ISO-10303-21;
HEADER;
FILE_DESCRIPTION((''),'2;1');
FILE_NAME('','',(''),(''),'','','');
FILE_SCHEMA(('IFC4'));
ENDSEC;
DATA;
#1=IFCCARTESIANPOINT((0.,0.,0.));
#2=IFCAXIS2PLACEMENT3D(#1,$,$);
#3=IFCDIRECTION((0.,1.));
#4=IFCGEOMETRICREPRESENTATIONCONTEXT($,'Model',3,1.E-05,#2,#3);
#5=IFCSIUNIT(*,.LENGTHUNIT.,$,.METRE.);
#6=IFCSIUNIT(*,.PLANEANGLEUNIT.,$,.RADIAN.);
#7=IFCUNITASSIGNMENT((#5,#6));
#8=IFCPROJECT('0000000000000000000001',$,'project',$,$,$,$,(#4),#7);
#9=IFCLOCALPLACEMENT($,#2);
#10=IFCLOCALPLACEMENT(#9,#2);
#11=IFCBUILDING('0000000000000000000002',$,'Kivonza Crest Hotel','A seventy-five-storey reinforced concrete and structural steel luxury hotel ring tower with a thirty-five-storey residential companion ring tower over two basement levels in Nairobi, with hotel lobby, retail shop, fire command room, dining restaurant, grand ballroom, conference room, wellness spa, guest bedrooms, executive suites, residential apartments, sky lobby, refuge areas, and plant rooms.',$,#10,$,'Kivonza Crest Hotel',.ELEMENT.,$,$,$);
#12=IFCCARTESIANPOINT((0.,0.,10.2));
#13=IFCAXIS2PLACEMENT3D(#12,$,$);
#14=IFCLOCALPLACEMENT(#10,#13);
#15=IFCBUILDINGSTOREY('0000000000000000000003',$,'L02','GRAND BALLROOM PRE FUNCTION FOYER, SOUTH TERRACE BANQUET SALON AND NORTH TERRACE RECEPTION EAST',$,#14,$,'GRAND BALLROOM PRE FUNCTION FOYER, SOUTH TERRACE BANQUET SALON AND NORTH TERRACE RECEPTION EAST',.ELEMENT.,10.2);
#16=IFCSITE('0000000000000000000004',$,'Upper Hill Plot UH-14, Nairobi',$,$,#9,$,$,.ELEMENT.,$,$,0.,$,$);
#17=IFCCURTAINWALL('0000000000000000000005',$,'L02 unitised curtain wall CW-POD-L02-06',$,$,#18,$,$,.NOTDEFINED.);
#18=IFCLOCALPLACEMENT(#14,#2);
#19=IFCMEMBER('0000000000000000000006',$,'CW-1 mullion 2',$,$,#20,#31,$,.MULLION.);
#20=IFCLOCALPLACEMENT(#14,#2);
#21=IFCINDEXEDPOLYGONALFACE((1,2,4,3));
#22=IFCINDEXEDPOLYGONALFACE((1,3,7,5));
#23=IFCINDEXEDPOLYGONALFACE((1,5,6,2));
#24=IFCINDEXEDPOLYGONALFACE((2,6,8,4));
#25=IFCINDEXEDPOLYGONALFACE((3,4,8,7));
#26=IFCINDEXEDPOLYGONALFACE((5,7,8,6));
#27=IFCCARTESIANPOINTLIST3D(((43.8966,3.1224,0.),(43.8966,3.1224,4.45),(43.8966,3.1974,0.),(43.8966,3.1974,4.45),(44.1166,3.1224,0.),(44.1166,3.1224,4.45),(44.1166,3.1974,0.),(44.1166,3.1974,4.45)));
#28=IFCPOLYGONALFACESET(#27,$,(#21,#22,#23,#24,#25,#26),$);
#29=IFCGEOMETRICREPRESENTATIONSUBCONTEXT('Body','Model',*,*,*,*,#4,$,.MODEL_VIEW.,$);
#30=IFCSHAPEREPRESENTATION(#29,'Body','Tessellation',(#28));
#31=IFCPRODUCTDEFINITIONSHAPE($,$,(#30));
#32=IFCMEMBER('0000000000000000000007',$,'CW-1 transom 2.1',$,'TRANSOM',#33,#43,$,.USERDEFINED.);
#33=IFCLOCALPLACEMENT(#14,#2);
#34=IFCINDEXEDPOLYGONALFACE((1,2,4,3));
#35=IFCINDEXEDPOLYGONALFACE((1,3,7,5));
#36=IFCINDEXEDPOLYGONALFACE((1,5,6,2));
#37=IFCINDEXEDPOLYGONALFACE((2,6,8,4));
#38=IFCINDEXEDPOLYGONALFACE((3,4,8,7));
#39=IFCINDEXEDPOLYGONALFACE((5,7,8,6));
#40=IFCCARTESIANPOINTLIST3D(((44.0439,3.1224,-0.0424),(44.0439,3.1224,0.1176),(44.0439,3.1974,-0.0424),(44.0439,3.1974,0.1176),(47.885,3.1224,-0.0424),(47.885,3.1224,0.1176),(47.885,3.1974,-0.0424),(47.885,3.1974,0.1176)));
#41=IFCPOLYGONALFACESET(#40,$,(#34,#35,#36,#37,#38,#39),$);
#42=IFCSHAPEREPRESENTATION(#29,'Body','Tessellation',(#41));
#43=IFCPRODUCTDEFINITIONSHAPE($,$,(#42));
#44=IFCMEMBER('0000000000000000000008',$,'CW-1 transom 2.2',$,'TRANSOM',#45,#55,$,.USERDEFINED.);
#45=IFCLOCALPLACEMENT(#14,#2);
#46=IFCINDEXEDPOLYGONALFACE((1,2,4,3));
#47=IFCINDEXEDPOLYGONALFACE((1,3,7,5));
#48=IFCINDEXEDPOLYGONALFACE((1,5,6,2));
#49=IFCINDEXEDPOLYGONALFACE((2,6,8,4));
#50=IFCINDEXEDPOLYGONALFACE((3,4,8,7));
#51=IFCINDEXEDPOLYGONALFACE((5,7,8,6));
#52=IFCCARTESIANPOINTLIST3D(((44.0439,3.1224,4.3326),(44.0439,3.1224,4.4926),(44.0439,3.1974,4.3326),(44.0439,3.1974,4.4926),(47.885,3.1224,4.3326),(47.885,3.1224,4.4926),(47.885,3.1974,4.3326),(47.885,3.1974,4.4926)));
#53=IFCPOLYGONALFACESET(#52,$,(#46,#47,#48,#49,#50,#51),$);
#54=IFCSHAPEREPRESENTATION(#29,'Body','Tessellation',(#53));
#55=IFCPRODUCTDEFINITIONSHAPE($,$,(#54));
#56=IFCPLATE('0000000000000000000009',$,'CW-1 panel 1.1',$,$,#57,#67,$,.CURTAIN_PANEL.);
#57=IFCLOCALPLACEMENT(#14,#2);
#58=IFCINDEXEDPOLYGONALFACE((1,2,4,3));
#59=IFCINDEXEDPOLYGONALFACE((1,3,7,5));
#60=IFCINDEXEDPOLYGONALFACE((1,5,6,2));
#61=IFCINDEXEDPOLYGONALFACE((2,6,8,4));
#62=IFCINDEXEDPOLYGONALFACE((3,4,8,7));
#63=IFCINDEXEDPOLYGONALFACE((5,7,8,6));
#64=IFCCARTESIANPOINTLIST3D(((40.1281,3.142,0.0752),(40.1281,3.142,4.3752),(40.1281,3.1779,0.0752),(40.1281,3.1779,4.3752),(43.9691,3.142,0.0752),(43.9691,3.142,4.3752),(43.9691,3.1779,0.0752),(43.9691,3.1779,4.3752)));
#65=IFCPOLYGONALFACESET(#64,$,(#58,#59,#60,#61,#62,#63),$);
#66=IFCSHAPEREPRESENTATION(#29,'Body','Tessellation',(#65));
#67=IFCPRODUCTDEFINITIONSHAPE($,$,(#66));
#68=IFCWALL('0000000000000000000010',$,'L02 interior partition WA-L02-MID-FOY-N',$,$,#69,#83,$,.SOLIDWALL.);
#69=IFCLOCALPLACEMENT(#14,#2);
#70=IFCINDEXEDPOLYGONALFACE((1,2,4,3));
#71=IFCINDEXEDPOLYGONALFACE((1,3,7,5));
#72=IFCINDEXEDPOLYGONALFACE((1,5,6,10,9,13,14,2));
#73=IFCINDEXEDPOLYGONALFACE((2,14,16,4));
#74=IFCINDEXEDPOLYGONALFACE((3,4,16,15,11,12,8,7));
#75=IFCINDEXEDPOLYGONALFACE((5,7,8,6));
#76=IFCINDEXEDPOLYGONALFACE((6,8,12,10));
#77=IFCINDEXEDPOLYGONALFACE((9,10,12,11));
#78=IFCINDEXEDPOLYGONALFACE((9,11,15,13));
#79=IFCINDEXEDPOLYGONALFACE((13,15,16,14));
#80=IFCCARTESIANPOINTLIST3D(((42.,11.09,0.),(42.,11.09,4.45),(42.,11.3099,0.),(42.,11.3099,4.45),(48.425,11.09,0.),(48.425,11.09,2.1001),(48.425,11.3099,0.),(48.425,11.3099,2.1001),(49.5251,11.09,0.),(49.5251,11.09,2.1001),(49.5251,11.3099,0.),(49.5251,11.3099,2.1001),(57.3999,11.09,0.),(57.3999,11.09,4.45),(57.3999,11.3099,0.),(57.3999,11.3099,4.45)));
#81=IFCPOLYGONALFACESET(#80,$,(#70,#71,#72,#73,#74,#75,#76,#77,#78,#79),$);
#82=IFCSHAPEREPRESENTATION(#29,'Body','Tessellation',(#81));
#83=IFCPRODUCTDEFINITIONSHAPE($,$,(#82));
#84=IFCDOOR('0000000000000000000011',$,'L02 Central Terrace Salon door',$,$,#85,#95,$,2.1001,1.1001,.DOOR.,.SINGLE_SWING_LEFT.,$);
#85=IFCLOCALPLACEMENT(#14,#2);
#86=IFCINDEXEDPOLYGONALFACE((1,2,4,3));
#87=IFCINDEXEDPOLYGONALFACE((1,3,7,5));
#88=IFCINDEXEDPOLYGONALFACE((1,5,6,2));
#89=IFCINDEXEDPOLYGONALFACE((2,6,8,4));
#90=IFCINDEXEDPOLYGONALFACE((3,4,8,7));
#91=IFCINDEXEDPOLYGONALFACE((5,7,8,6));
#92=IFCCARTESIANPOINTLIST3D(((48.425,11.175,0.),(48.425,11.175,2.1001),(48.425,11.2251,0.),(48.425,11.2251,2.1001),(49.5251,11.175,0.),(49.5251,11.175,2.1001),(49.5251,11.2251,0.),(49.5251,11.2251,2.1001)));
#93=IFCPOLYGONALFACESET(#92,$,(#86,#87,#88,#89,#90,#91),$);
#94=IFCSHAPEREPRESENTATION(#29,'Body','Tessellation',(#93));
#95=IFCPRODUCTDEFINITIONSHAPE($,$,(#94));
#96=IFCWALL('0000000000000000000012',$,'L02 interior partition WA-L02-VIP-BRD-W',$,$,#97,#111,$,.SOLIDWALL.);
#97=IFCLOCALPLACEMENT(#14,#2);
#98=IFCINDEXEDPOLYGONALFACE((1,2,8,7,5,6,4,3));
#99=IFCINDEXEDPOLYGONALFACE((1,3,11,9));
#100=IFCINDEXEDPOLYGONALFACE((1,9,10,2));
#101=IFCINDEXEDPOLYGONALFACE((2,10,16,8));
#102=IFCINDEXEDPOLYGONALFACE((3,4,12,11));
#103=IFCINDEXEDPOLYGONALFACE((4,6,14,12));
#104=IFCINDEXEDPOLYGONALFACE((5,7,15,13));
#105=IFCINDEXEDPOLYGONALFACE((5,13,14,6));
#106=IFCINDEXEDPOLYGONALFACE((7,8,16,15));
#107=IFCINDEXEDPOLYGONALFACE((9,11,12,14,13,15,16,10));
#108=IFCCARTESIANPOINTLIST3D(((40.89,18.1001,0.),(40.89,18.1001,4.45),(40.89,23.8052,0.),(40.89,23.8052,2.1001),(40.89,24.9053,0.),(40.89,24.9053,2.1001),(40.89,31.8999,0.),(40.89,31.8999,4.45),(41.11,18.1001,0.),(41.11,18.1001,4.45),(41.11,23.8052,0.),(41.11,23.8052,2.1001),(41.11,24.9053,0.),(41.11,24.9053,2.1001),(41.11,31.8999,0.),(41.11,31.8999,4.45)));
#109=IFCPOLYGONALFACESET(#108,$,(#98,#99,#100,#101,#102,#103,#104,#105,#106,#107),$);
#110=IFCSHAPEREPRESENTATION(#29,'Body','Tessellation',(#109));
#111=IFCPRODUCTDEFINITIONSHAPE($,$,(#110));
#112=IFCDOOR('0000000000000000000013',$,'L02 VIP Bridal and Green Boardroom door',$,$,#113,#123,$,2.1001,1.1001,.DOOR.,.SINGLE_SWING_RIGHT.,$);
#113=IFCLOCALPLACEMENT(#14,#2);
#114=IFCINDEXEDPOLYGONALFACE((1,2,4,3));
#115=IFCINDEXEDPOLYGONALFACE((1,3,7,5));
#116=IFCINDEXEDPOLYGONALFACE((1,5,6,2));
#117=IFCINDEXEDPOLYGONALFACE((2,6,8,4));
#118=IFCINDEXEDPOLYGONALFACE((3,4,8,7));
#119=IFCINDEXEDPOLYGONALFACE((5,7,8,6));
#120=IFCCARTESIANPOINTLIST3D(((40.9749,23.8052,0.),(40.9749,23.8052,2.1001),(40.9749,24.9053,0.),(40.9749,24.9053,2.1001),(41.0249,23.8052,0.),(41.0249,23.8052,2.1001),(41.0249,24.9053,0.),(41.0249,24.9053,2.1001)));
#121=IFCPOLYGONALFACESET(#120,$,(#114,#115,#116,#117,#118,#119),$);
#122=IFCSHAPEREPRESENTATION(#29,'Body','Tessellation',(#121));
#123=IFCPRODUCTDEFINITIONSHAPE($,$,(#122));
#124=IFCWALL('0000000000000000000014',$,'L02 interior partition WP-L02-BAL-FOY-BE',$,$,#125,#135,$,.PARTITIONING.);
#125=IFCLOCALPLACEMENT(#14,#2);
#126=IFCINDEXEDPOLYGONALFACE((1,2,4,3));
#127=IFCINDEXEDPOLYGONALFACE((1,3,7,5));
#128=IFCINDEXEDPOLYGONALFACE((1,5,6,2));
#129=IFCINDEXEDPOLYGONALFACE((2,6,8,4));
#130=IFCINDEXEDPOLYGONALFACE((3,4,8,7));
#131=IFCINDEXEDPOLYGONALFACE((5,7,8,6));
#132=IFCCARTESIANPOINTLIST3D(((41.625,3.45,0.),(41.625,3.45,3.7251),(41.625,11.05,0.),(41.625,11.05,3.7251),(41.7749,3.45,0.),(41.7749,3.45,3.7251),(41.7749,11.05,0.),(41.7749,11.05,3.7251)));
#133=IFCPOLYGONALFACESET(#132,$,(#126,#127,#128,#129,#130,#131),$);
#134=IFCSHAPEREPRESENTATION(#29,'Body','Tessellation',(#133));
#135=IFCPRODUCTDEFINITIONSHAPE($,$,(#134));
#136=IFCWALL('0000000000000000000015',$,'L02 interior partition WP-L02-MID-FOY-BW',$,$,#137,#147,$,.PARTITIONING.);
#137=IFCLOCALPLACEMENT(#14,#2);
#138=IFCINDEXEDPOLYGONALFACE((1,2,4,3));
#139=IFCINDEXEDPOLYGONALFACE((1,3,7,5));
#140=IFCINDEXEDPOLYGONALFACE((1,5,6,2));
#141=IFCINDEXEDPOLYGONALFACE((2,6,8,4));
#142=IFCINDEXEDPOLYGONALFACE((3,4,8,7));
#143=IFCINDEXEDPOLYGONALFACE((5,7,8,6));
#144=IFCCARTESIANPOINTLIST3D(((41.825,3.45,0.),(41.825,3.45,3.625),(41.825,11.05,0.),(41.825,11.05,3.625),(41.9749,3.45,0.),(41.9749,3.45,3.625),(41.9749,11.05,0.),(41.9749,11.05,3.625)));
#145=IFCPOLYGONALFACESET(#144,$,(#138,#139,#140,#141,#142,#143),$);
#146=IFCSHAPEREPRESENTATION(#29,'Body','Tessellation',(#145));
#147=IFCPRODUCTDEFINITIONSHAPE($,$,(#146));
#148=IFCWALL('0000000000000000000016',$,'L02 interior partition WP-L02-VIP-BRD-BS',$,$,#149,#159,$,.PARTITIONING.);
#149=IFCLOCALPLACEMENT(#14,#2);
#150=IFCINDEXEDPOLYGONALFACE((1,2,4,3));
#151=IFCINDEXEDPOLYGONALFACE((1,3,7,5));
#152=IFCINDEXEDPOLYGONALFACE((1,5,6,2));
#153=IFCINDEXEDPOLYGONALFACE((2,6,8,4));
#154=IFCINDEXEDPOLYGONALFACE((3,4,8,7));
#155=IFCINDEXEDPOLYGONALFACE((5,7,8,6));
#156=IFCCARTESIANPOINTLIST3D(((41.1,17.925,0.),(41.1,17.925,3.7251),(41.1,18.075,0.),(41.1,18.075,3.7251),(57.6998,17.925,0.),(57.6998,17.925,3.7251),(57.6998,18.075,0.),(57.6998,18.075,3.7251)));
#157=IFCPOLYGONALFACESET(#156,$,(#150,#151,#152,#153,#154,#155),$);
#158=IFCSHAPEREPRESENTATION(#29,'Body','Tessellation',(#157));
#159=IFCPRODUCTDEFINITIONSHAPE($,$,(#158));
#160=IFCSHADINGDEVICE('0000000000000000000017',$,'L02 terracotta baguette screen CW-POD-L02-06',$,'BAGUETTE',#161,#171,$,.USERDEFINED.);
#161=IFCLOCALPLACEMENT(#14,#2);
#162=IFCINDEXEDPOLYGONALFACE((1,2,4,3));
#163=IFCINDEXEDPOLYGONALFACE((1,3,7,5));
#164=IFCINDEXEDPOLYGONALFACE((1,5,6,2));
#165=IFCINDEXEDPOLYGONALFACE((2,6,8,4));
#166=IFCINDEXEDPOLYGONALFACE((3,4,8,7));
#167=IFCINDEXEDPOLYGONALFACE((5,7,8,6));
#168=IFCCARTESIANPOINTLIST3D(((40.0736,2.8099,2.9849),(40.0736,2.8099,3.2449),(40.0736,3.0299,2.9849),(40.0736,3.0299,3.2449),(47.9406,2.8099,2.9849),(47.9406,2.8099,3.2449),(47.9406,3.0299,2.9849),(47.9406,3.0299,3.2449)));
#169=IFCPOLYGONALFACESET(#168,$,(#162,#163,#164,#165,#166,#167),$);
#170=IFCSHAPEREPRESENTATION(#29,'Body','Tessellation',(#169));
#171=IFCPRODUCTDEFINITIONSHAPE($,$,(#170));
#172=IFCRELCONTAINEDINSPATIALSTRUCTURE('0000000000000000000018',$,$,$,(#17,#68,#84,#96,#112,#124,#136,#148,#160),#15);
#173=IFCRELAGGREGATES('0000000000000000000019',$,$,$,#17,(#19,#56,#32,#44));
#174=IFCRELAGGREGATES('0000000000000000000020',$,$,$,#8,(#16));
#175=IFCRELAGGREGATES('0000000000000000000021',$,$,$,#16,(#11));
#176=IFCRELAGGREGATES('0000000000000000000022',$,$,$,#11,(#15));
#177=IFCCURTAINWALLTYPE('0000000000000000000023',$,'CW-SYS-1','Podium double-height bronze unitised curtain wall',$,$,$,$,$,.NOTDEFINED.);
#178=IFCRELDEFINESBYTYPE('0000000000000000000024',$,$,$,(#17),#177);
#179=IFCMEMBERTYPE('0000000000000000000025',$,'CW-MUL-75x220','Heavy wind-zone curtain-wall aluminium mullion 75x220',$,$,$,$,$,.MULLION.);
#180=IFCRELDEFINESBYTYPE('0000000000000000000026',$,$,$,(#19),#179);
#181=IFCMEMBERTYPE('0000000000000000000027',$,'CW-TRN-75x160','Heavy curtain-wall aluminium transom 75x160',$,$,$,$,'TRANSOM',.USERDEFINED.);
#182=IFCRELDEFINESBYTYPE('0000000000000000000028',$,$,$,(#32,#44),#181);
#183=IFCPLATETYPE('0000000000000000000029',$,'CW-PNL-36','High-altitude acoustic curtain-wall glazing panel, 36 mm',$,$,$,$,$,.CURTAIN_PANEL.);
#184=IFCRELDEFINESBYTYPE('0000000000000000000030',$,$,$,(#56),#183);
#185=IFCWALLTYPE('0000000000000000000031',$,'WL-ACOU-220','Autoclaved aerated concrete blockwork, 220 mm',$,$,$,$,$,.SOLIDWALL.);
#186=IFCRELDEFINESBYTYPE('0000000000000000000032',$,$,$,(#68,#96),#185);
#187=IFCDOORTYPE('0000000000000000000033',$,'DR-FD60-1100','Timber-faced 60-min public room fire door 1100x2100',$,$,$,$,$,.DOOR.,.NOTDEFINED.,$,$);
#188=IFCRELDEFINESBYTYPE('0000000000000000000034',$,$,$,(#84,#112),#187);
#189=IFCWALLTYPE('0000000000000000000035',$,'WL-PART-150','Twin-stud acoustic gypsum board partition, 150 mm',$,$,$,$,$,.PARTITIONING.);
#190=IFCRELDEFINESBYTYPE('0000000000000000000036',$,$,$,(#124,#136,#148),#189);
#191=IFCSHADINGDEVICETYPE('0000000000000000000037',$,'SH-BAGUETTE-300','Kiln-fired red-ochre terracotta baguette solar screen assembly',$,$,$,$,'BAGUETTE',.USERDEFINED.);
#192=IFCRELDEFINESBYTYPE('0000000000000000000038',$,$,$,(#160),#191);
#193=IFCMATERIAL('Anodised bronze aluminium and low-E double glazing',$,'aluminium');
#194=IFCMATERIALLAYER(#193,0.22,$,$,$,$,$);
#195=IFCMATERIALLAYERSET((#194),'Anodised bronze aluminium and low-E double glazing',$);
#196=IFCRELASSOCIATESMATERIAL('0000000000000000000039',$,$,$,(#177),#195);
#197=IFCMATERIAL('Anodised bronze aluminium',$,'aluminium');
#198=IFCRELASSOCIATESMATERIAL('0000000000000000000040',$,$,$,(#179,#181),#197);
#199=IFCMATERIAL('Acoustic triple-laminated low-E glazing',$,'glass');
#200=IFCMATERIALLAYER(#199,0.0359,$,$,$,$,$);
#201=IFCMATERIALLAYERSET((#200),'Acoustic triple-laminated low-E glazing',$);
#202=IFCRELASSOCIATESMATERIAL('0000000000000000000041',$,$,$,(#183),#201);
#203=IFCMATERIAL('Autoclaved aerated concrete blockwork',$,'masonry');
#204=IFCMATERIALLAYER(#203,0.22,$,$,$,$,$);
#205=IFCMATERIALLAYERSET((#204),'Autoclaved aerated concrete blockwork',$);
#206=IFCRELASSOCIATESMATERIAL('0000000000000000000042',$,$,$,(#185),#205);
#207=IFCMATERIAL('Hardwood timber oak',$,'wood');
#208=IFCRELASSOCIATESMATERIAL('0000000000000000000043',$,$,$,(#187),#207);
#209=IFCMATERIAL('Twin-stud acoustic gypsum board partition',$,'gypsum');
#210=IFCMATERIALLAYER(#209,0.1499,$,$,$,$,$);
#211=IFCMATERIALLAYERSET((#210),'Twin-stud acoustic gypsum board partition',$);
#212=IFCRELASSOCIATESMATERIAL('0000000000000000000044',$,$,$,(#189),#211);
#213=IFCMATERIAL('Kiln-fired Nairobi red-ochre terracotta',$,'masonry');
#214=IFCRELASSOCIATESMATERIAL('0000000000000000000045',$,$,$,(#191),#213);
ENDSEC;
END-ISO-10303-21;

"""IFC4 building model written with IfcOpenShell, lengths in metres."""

from ifc_helpers import new_model, si_unit, direction, frame, frame_2d, origin, origin_2d, place, context, subcontext, project, spatial, rectangle, extrude, material, layer, layer_set, material_profile, profile_set, type_object, element, fill, aggregate, save


model = new_model("IFC4")

# Units and contexts
model_context = context("Model", 3, precision=1e-05, world=origin(), true_north=direction((0.0, 1.0)))
body_context = subcontext(model_context, "Body", "Model", "MODEL_VIEW")
ifc_project = project(units=[si_unit("LENGTHUNIT", "METRE"), si_unit("PLANEANGLEUNIT", "RADIAN")], contexts=[model_context])

# Site, building, storey
site_placement = place(None, origin())
site = spatial("IfcSite", under=ifc_project, at=site_placement, Name="Upper Hill Plot UH-14, Nairobi", CompositionType="ELEMENT", RefElevation=0.0)
building_placement = place(site_placement, origin())
building = spatial("IfcBuilding", under=site, at=building_placement, Name="Kivonza Crest Hotel", Description="A seventy-five-storey reinforced concrete and structural steel luxury hotel ring tower with a thirty-five-storey residential companion ring tower over two basement levels in Nairobi, with hotel lobby, retail shop, fire command room, dining restaurant, grand ballroom, conference room, wellness spa, guest bedrooms, executive suites, residential apartments, sky lobby, refuge areas, and plant rooms.", LongName="Kivonza Crest Hotel", CompositionType="ELEMENT")
storey_placement = place(building_placement, frame((0.0, 0.0, 10.2)))
storey = spatial("IfcBuildingStorey", under=building, at=storey_placement, Name="L02", Description="GRAND BALLROOM PRE FUNCTION FOYER, SOUTH TERRACE BANQUET SALON AND NORTH TERRACE RECEPTION EAST", LongName="GRAND BALLROOM PRE FUNCTION FOYER, SOUTH TERRACE BANQUET SALON AND NORTH TERRACE RECEPTION EAST", CompositionType="ELEMENT", Elevation=10.2)

# Curtain wall, members, plate
ifc_material_1 = material(Name="Anodised bronze aluminium and low-E double glazing", Category="aluminium")
ifc_layer_1 = layer(ifc_material_1, 0.22)
ifc_layer_set_1 = layer_set([ifc_layer_1], Name="Anodised bronze aluminium and low-E double glazing")
curtain_wall_type = type_object("IfcCurtainWallType", Name="CW-SYS-1", Description="Podium double-height bronze unitised curtain wall", PredefinedType="NOTDEFINED", material=ifc_layer_set_1)
curtain_wall_placement = place(storey_placement, origin())
curtain_wall = element("IfcCurtainWall", 1, at=curtain_wall_placement, inside=storey, type_object=curtain_wall_type, Name="L02 unitised curtain wall CW-POD-L02-06", PredefinedType="NOTDEFINED")
ifc_material_2 = material(Name="Anodised bronze aluminium", Category="aluminium")
ifc_material_profile_1 = material_profile(ifc_material_2, rectangle(XDim=0.075, YDim=0.22, at=origin_2d()), Name="CW-M 75x220")
ifc_profile_set_1 = profile_set([ifc_material_profile_1], Name="Anodised bronze aluminium")
member_type_1 = type_object("IfcMemberType", Name="CW-MUL-75x220", Description="Heavy wind-zone curtain-wall aluminium mullion 75x220", PredefinedType="MULLION", material=ifc_profile_set_1)
member_1_placement = place(storey_placement, frame((44.0066, 3.1599, 0.0), z_axis=(0.0, 0.0, 1.0), x_axis=(0.0, 1.0, 0.0)))
member_1 = element("IfcMember", 2, at=member_1_placement, type_object=member_type_1, Name="CW-1 mullion 2", PredefinedType="MULLION", context=body_context, shape_type="SweptSolid", body=[
    extrude(rectangle(XDim=0.075, YDim=0.22, at=origin_2d()), origin(), (0.0, 0.0, 1.0), 4.45),
])
ifc_material_profile_2 = material_profile(ifc_material_2, rectangle(XDim=0.075, YDim=0.1599, at=origin_2d()), Name="CW-T 75x160")
ifc_profile_set_2 = profile_set([ifc_material_profile_2], Name="Anodised bronze aluminium")
member_type_2 = type_object("IfcMemberType", Name="CW-TRN-75x160", Description="Heavy curtain-wall aluminium transom 75x160", ElementType="TRANSOM", PredefinedType="USERDEFINED", material=ifc_profile_set_2)
member_2_placement = place(storey_placement, frame((44.0439, 3.1599, 0.0376), z_axis=(1.0, 0.0, 0.0), x_axis=(0.0, 1.0, 0.0)))
member_2 = element("IfcMember", 3, at=member_2_placement, type_object=member_type_2, Name="CW-1 transom 2.1", ObjectType="TRANSOM", PredefinedType="USERDEFINED", context=body_context, shape_type="SweptSolid", body=[
    extrude(rectangle(XDim=0.075, YDim=0.1599, at=origin_2d()), origin(), (0.0, 0.0, 1.0), 3.8411),
])
member_3_placement = place(storey_placement, frame((44.0439, 3.1599, 4.4126), z_axis=(1.0, 0.0, 0.0), x_axis=(0.0, 1.0, 0.0)))
member_3 = element("IfcMember", 4, at=member_3_placement, type_object=member_type_2, Name="CW-1 transom 2.2", ObjectType="TRANSOM", PredefinedType="USERDEFINED", context=body_context, shape_type="SweptSolid", body=[
    extrude(rectangle(XDim=0.075, YDim=0.1599, at=origin_2d()), origin(), (0.0, 0.0, 1.0), 3.8411),
])
ifc_material_3 = material(Name="Acoustic triple-laminated low-E glazing", Category="glass")
ifc_layer_2 = layer(ifc_material_3, 0.0359)
ifc_layer_set_2 = layer_set([ifc_layer_2], Name="Acoustic triple-laminated low-E glazing")
plate_type = type_object("IfcPlateType", Name="CW-PNL-36", Description="High-altitude acoustic curtain-wall glazing panel, 36 mm", PredefinedType="CURTAIN_PANEL", material=ifc_layer_set_2)
plate_placement = place(storey_placement, frame((42.0486, 3.1599, 0.0752), z_axis=(0.0, 0.0, 1.0), x_axis=(1.0, 0.0, 0.0)))
plate = element("IfcPlate", 5, at=plate_placement, type_object=plate_type, Name="CW-1 panel 1.1", PredefinedType="CURTAIN_PANEL", context=body_context, shape_type="SweptSolid", body=[
    extrude(rectangle(XDim=3.8411, YDim=0.0359, at=origin_2d()), origin(), (0.0, 0.0, 1.0), 4.3),
])
aggregate(curtain_wall, [member_1, plate, member_2, member_3])

# Walls, openings, doors
ifc_material_4 = material(Name="Autoclaved aerated concrete blockwork", Category="masonry")
ifc_layer_3 = layer(ifc_material_4, 0.22)
ifc_layer_set_3 = layer_set([ifc_layer_3], Name="Autoclaved aerated concrete blockwork")
wall_type_1 = type_object("IfcWallType", Name="WL-ACOU-220", Description="Autoclaved aerated concrete blockwork, 220 mm", PredefinedType="SOLIDWALL", material=ifc_layer_set_3)
wall_1_placement = place(storey_placement, frame((42.0, 11.2, 0.0), z_axis=(0.0, 0.0, 1.0), x_axis=(1.0, 0.0, 0.0)))
wall_1 = element("IfcWall", 6, at=wall_1_placement, inside=storey, type_object=wall_type_1, Name="L02 interior partition WA-L02-MID-FOY-N", PredefinedType="SOLIDWALL", context=body_context, shape_type="SweptSolid", body=[
    extrude(rectangle(XDim=15.3999, YDim=0.22, at=frame_2d((7.7, 0.0))), origin(), (0.0, 0.0, 1.0), 4.45),
])
opening_1_placement = place(wall_1_placement, frame((6.425, 0.0, 0.0)))
opening_1 = element("IfcOpeningElement", 7, at=opening_1_placement, cuts=wall_1, PredefinedType="OPENING", context=body_context, shape_type="SweptSolid", body=[
    extrude(rectangle(XDim=1.1001, YDim=2.1001, at=frame_2d((0.55, 1.05))), frame((0.0, 0.1201, 0.0), z_axis=(0.0, -1.0, 0.0), x_axis=(1.0, 0.0, 0.0)), (0.0, 0.0, 1.0), 0.24),
])
ifc_material_5 = material(Name="Hardwood timber oak", Category="wood")
door_type = type_object("IfcDoorType", Name="DR-FD60-1100", Description="Timber-faced 60-min public room fire door 1100x2100", OperationType="NOTDEFINED", PredefinedType="DOOR", material=ifc_material_5)
door_1_placement = place(opening_1_placement, frame((1.1001, 0.0, 0.0), z_axis=(0.0, 0.0, 1.0), x_axis=(-1.0, 0.0, 0.0)))
door_1 = element("IfcDoor", 8, at=door_1_placement, inside=storey, type_object=door_type, Name="L02 Central Terrace Salon door", OperationType="SINGLE_SWING_LEFT", OverallHeight=2.1001, OverallWidth=1.1001, PredefinedType="DOOR", context=body_context, shape_type="SweptSolid", body=[
    extrude(rectangle(XDim=1.1001, YDim=2.1001, at=frame_2d((0.55, 1.05))), frame((0.0, 0.0249, 0.0), z_axis=(0.0, -1.0, 0.0), x_axis=(1.0, 0.0, 0.0)), (0.0, 0.0, 1.0), 0.05),
])
fill(opening_1, door_1)
wall_2_placement = place(storey_placement, frame((41.0, 18.1001, 0.0), z_axis=(0.0, 0.0, 1.0), x_axis=(0.0, 1.0, 0.0)))
wall_2 = element("IfcWall", 9, at=wall_2_placement, inside=storey, type_object=wall_type_1, Name="L02 interior partition WA-L02-VIP-BRD-W", PredefinedType="SOLIDWALL", context=body_context, shape_type="SweptSolid", body=[
    extrude(rectangle(XDim=13.7998, YDim=0.22, at=frame_2d((6.8999, 0.0))), origin(), (0.0, 0.0, 1.0), 4.45),
])
opening_2_placement = place(wall_2_placement, frame((5.7051, 0.0, 0.0)))
opening_2 = element("IfcOpeningElement", 10, at=opening_2_placement, cuts=wall_2, PredefinedType="OPENING", context=body_context, shape_type="SweptSolid", body=[
    extrude(rectangle(XDim=1.1001, YDim=2.1001, at=frame_2d((0.55, 1.05))), frame((0.0, 0.1201, 0.0), z_axis=(0.0, -1.0, 0.0), x_axis=(1.0, 0.0, 0.0)), (0.0, 0.0, 1.0), 0.24),
])
door_2_placement = place(opening_2_placement, frame((1.1001, 0.0, 0.0), z_axis=(0.0, 0.0, 1.0), x_axis=(-1.0, 0.0, 0.0)))
door_2 = element("IfcDoor", 11, at=door_2_placement, inside=storey, type_object=door_type, Name="L02 VIP Bridal and Green Boardroom door", OperationType="SINGLE_SWING_RIGHT", OverallHeight=2.1001, OverallWidth=1.1001, PredefinedType="DOOR", context=body_context, shape_type="SweptSolid", body=[
    extrude(rectangle(XDim=1.1001, YDim=2.1001, at=frame_2d((0.55, 1.05))), frame((0.0, 0.0249, 0.0), z_axis=(0.0, -1.0, 0.0), x_axis=(1.0, 0.0, 0.0)), (0.0, 0.0, 1.0), 0.05),
])
fill(opening_2, door_2)

# Walls
ifc_material_6 = material(Name="Twin-stud acoustic gypsum board partition", Category="gypsum")
ifc_layer_4 = layer(ifc_material_6, 0.1499)
ifc_layer_set_4 = layer_set([ifc_layer_4], Name="Twin-stud acoustic gypsum board partition")
wall_type_2 = type_object("IfcWallType", Name="WL-PART-150", Description="Twin-stud acoustic gypsum board partition, 150 mm", PredefinedType="PARTITIONING", material=ifc_layer_set_4)
wall_3_placement = place(storey_placement, frame((41.7, 3.45, 0.0), z_axis=(0.0, 0.0, 1.0), x_axis=(0.0, 1.0, 0.0)))
element("IfcWall", 12, at=wall_3_placement, inside=storey, type_object=wall_type_2, Name="L02 interior partition WP-L02-BAL-FOY-BE", PredefinedType="PARTITIONING", context=body_context, shape_type="SweptSolid", body=[
    extrude(rectangle(XDim=7.6001, YDim=0.1499, at=frame_2d((3.8, 0.0))), origin(), (0.0, 0.0, 1.0), 3.7251),
])
wall_4_placement = place(storey_placement, frame((41.8999, 3.45, 0.0), z_axis=(0.0, 0.0, 1.0), x_axis=(0.0, 1.0, 0.0)))
element("IfcWall", 13, at=wall_4_placement, inside=storey, type_object=wall_type_2, Name="L02 interior partition WP-L02-MID-FOY-BW", PredefinedType="PARTITIONING", context=body_context, shape_type="SweptSolid", body=[
    extrude(rectangle(XDim=7.6001, YDim=0.1499, at=frame_2d((3.8, 0.0))), origin(), (0.0, 0.0, 1.0), 3.625),
])
wall_5_placement = place(storey_placement, frame((41.1001, 18.0, 0.0), z_axis=(0.0, 0.0, 1.0), x_axis=(1.0, 0.0, 0.0)))
element("IfcWall", 14, at=wall_5_placement, inside=storey, type_object=wall_type_2, Name="L02 interior partition WP-L02-VIP-BRD-BS", PredefinedType="PARTITIONING", context=body_context, shape_type="SweptSolid", body=[
    extrude(rectangle(XDim=16.5999, YDim=0.1499, at=frame_2d((8.2998, 0.0))), origin(), (0.0, 0.0, 1.0), 3.7251),
])

# Shading device
ifc_material_7 = material(Name="Kiln-fired Nairobi red-ochre terracotta", Category="masonry")
shading_device_type_1 = type_object("IfcShadingDeviceType", Name="SH-BAGUETTE-300", Description="Kiln-fired red-ochre terracotta baguette solar screen assembly", ElementType="BAGUETTE", PredefinedType="USERDEFINED", material=ifc_material_7)
shading_device_placement = place(storey_placement, frame((44.0071, 2.9199, 2.9849), z_axis=(0.0, 0.0, 1.0), x_axis=(1.0, 0.0, 0.0)))
element("IfcShadingDevice", 15, at=shading_device_placement, inside=storey, type_object=shading_device_type_1, Name="L02 terracotta baguette screen CW-POD-L02-06", ObjectType="BAGUETTE", PredefinedType="USERDEFINED", context=body_context, shape_type="SweptSolid", body=[
    extrude(rectangle(XDim=7.8669, YDim=0.22, at=origin_2d()), origin(), (0.0, 0.0, 1.0), 0.26),
])

save(model, "model.ifc")
